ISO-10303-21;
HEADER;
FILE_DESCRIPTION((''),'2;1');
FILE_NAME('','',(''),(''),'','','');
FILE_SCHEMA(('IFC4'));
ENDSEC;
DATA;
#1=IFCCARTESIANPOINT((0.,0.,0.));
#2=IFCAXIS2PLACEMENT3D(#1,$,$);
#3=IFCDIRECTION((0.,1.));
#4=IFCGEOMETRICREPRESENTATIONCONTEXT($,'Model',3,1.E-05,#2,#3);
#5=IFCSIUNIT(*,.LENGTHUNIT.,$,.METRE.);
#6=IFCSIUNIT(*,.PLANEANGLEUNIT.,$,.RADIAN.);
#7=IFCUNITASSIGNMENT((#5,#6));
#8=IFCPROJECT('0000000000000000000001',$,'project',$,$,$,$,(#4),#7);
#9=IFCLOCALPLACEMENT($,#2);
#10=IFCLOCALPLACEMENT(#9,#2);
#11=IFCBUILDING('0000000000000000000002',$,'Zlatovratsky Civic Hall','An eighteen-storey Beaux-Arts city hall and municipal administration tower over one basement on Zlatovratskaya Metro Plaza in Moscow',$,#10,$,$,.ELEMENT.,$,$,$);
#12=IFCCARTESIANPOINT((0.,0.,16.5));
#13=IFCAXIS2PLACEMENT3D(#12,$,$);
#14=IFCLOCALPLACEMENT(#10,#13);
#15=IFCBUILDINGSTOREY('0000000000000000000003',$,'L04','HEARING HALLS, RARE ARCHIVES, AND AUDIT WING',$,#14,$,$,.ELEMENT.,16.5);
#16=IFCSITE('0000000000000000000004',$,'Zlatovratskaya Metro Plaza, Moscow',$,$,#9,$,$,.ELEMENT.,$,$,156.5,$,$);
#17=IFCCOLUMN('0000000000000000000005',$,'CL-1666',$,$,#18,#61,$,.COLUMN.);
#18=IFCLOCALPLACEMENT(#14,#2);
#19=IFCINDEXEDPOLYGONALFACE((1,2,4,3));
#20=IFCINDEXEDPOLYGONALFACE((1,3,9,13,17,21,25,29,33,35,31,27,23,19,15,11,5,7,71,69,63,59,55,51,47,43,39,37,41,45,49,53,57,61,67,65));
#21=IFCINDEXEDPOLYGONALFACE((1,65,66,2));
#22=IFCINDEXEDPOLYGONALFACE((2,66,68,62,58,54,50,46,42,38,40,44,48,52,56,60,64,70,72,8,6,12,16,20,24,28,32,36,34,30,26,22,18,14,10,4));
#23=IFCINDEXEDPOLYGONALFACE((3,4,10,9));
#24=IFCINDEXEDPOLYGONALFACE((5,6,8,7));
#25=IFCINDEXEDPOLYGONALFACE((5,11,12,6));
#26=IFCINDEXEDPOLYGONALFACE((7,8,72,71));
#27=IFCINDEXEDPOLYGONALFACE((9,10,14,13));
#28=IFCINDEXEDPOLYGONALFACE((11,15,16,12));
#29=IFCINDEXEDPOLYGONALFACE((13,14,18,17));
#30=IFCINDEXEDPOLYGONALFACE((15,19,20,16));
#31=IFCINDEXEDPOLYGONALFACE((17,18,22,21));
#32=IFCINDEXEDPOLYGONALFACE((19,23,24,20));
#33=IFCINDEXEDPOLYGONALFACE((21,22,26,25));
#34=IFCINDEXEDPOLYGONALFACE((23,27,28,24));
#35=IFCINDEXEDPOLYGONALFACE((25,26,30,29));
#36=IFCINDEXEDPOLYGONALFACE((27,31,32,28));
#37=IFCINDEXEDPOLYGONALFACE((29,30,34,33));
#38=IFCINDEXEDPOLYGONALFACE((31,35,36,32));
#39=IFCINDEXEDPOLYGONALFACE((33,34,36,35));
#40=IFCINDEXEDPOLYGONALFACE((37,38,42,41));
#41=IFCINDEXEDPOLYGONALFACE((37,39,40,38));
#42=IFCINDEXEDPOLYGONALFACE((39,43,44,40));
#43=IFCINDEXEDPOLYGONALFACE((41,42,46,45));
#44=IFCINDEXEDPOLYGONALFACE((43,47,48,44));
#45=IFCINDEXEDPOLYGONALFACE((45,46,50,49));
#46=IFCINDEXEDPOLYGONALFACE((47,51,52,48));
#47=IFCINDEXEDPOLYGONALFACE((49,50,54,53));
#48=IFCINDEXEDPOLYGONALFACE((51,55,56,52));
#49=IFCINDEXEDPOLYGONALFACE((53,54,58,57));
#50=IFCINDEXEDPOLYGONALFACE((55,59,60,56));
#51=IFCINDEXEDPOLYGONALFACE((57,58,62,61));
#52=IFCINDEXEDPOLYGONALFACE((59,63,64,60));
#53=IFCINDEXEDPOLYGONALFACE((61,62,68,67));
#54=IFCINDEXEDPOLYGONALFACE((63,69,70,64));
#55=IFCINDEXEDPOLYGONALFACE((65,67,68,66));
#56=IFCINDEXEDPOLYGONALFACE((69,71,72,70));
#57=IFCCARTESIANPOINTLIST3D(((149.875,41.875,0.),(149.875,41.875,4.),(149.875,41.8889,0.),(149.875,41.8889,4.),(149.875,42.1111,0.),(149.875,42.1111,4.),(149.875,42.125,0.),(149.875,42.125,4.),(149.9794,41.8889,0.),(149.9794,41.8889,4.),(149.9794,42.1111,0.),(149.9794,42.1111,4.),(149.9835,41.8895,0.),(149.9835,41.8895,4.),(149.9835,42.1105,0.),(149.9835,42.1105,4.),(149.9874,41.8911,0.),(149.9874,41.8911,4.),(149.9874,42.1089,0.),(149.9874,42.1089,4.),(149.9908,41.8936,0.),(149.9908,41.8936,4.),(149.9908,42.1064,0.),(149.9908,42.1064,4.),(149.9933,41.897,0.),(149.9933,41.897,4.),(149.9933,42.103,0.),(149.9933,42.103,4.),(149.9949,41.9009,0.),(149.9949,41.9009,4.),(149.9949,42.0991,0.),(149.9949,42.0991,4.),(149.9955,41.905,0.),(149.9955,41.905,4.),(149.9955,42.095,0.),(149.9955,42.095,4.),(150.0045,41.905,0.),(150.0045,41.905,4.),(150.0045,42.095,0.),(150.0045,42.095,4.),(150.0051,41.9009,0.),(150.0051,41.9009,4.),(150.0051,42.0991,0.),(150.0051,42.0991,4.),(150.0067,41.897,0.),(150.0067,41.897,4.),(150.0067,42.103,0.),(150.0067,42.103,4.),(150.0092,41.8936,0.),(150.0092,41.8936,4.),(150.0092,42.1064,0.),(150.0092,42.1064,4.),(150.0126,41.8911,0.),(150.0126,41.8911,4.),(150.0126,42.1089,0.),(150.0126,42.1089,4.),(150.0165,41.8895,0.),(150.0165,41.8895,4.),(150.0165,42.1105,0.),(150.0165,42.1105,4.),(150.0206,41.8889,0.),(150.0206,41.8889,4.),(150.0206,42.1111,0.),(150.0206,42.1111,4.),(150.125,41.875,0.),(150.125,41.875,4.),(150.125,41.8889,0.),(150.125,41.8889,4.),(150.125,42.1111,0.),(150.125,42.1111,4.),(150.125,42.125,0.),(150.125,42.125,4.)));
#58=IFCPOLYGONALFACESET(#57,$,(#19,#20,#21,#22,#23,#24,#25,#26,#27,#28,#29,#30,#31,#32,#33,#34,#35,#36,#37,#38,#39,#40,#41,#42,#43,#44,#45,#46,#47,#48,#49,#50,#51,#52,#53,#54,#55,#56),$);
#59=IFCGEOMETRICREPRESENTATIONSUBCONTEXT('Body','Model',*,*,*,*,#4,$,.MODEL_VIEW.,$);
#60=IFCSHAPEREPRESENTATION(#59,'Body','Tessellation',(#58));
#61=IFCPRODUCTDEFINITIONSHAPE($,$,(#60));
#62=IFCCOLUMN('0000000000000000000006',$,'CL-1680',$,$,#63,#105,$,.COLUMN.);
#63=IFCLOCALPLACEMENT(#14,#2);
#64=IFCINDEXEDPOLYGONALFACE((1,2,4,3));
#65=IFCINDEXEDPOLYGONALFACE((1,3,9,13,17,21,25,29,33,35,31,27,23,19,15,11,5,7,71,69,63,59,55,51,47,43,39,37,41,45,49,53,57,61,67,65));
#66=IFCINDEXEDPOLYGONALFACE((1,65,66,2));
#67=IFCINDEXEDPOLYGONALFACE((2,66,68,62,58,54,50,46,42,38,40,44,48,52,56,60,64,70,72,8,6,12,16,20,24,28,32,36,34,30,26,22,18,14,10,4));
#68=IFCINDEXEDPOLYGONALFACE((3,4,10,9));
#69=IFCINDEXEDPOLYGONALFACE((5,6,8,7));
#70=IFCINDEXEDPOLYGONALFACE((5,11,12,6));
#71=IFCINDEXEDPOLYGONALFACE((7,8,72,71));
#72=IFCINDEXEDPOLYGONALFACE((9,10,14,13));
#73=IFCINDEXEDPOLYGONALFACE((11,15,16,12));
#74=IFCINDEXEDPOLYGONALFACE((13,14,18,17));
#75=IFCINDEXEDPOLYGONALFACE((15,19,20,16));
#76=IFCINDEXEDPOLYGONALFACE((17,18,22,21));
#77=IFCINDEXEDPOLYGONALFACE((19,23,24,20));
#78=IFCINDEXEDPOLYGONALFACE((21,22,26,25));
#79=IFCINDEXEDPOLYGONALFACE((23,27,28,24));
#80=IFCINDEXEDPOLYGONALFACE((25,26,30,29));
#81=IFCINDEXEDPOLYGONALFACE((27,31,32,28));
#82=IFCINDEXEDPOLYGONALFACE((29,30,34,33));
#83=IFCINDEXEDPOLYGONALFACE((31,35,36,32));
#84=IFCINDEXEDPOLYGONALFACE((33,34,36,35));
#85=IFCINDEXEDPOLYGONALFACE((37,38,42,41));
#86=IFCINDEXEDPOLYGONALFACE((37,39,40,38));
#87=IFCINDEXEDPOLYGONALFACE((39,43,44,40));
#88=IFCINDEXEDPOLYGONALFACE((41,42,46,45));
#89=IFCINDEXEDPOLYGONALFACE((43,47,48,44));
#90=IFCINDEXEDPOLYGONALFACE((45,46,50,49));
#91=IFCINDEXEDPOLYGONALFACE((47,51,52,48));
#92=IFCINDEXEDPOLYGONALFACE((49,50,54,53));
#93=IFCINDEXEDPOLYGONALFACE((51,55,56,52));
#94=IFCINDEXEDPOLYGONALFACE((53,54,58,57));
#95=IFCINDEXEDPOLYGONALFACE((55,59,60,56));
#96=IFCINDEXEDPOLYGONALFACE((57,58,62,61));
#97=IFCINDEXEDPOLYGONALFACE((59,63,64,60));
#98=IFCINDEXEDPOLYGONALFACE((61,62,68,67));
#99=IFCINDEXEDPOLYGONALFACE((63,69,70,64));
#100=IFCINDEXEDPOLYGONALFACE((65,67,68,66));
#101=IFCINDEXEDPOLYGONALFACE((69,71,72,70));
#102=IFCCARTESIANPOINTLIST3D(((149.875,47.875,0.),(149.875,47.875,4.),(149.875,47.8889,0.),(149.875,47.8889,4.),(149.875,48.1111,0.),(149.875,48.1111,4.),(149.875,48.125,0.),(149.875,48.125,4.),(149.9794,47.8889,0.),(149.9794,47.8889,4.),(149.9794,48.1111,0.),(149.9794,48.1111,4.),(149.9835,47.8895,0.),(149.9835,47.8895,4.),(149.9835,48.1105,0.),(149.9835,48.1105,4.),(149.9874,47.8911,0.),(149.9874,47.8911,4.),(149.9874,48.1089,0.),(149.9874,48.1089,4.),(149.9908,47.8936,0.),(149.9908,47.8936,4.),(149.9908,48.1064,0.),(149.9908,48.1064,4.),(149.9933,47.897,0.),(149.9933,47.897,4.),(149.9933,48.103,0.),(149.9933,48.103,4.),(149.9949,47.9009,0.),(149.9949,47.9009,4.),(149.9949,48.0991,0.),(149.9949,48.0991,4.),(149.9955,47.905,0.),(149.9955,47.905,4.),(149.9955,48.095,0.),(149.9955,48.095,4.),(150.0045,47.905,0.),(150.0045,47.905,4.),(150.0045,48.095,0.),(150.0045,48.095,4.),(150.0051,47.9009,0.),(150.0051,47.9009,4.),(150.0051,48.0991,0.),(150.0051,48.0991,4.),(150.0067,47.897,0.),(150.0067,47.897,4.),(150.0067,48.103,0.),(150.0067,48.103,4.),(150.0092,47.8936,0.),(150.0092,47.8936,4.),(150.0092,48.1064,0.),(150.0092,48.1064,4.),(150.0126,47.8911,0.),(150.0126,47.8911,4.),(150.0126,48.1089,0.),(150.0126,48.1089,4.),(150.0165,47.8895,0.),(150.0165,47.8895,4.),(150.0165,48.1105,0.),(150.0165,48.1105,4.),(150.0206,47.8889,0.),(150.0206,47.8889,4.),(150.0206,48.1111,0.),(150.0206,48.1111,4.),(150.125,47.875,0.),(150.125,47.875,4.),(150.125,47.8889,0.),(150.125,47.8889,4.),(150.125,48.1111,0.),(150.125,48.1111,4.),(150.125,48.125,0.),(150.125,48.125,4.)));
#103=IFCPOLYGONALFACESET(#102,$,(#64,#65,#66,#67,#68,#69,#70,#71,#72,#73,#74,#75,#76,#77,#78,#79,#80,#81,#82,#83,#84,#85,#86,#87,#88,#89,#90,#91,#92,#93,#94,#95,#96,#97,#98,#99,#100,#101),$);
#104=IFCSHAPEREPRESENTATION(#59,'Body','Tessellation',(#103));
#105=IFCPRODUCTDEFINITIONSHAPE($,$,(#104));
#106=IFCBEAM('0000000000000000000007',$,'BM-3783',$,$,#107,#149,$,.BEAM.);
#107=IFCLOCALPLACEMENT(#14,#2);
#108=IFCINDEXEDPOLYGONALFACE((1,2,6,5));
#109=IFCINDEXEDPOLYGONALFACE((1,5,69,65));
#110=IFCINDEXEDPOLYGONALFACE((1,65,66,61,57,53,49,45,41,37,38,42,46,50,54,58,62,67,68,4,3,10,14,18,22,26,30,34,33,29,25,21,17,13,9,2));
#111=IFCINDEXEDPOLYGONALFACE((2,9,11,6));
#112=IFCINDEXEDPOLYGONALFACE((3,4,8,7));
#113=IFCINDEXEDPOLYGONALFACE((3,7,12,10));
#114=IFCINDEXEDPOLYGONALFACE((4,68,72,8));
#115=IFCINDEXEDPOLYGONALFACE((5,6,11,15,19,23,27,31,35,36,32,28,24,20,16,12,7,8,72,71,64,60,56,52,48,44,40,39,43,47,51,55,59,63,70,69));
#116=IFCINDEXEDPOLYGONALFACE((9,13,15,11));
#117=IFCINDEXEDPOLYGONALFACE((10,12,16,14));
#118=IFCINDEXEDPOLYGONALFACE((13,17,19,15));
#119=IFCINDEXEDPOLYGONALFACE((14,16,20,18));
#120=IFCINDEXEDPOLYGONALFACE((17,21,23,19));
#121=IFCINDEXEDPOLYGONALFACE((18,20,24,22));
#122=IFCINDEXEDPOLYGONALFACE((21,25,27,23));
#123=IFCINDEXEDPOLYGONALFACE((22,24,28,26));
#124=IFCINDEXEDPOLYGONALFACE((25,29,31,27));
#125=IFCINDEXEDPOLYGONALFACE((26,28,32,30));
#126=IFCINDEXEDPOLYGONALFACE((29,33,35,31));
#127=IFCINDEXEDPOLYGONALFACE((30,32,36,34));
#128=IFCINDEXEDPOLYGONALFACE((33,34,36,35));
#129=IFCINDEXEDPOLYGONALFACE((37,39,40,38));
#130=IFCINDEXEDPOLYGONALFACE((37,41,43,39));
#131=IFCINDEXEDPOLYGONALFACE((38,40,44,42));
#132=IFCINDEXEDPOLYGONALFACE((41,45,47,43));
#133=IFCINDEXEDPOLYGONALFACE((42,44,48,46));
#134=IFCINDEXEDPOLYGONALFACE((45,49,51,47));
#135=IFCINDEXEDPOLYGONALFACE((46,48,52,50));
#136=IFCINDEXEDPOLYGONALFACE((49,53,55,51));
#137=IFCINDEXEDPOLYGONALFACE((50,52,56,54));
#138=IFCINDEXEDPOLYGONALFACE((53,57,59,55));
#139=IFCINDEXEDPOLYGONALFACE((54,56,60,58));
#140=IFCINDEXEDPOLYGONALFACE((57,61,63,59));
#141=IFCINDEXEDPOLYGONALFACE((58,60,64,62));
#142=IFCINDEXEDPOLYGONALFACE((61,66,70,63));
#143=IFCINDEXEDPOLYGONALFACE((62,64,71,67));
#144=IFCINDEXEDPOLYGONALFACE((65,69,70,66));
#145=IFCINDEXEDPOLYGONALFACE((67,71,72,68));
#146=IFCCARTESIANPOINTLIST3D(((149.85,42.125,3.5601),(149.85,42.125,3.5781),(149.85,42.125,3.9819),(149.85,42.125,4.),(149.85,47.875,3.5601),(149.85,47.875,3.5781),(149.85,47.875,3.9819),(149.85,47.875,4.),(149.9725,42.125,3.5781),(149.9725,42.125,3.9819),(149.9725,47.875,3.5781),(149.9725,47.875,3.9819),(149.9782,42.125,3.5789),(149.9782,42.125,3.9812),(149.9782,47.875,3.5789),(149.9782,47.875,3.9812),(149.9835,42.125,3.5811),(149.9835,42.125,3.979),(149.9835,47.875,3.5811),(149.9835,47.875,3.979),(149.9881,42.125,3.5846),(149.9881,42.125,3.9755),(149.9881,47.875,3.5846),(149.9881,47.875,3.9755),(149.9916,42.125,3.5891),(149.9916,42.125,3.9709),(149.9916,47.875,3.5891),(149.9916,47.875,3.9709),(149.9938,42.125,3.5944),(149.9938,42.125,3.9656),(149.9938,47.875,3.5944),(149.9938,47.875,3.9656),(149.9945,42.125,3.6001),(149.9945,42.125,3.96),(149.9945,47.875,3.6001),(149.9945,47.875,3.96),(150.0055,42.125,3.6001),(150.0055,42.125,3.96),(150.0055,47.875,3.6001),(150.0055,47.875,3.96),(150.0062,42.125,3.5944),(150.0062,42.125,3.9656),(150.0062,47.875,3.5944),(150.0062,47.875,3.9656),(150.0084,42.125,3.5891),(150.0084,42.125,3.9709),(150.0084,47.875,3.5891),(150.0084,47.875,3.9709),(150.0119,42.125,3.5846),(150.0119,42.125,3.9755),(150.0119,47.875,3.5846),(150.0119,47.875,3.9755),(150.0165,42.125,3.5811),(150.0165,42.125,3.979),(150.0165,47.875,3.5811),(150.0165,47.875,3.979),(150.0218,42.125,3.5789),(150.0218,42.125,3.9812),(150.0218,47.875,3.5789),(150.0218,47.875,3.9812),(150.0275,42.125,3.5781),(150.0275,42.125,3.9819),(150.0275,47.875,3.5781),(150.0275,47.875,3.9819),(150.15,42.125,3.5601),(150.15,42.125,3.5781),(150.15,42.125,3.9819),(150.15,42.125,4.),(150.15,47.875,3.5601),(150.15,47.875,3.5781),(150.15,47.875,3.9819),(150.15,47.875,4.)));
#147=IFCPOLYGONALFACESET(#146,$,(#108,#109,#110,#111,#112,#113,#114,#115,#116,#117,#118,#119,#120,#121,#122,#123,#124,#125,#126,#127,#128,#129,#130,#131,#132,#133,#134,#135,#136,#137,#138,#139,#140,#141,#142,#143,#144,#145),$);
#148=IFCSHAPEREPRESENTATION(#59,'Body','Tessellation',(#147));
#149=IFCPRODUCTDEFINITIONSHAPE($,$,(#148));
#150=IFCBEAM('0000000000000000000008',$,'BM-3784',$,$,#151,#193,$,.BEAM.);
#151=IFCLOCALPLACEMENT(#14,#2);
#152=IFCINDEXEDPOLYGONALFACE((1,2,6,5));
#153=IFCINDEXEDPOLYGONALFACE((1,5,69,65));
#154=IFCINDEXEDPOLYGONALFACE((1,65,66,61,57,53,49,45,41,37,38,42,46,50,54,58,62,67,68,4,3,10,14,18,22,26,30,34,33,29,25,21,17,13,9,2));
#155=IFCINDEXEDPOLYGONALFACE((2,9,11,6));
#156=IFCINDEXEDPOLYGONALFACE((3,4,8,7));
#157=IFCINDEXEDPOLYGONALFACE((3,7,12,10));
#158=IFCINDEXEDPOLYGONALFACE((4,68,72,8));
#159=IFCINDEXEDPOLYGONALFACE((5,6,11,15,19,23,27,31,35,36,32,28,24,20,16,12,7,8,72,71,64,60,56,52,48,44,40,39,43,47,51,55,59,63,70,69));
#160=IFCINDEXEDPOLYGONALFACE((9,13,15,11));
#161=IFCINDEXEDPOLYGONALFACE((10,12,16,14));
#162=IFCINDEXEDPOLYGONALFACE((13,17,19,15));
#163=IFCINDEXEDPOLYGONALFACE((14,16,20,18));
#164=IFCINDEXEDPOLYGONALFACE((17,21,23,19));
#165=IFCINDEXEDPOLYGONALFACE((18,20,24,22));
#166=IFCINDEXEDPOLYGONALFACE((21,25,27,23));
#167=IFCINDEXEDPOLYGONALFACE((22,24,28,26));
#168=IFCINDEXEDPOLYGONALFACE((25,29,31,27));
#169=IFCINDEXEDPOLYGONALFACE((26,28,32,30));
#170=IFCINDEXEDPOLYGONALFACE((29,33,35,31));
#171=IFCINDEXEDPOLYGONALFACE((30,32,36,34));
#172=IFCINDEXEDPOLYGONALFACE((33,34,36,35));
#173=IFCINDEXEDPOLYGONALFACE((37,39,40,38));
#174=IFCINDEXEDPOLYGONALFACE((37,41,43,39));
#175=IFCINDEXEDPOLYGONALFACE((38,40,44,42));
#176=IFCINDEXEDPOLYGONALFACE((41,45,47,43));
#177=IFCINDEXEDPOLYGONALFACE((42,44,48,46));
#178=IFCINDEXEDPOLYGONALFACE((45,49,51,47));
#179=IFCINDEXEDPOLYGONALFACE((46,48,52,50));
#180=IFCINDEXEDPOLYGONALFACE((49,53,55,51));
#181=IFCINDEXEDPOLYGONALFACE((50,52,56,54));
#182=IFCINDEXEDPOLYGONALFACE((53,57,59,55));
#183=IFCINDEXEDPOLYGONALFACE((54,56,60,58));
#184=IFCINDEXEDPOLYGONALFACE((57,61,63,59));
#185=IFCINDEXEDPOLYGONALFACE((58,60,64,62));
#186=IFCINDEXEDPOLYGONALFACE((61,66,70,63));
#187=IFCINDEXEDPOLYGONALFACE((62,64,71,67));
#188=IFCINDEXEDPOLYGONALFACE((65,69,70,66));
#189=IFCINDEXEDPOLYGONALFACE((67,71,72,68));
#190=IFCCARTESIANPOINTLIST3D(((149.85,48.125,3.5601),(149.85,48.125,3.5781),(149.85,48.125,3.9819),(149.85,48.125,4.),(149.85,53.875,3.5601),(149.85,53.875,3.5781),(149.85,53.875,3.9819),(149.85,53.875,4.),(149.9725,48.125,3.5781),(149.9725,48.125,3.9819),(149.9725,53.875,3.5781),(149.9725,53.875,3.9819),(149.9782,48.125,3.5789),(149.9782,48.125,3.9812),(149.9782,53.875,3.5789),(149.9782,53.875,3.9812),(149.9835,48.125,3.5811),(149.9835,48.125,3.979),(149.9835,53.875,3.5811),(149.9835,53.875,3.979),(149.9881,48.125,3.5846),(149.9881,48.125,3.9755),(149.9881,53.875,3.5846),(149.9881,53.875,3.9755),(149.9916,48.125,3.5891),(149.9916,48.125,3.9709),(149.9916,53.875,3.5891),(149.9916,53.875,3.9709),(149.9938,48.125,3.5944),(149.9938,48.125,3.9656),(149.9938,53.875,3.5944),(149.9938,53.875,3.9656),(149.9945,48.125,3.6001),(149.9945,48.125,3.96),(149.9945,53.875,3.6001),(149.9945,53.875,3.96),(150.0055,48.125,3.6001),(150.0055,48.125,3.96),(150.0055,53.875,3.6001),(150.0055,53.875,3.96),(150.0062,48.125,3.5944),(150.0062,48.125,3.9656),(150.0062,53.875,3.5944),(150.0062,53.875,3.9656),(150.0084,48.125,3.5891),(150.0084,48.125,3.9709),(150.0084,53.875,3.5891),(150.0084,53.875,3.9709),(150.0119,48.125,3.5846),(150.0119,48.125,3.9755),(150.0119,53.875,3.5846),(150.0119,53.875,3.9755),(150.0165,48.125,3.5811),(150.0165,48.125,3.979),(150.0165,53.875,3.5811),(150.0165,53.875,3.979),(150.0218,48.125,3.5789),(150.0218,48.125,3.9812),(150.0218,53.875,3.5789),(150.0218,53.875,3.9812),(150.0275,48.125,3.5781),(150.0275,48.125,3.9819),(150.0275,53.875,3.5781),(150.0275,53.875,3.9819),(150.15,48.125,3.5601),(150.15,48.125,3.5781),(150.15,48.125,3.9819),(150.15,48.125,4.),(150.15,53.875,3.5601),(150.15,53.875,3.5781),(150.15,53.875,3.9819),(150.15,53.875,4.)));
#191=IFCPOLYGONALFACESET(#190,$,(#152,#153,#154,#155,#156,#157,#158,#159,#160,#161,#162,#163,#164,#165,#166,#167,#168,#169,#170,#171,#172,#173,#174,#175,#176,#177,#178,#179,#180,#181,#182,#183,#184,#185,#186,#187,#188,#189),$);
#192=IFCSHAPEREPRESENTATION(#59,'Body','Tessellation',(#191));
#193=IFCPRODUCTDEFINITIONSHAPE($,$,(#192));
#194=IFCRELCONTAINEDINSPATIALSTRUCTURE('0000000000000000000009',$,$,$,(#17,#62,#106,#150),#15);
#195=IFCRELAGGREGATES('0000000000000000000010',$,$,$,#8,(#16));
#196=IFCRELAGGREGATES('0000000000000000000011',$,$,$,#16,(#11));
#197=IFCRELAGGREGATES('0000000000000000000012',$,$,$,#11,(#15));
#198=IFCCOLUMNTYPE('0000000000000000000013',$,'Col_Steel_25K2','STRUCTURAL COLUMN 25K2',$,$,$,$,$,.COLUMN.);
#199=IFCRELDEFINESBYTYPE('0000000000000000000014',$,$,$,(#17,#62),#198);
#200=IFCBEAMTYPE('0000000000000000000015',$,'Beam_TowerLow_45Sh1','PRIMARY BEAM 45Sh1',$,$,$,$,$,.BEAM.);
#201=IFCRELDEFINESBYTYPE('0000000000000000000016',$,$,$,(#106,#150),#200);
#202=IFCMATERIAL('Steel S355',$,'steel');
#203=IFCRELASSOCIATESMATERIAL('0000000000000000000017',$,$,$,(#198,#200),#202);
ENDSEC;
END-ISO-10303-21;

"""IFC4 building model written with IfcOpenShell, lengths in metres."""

from ifc_helpers import new_model, si_unit, direction, frame, origin, origin_2d, place, context, subcontext, project, spatial, i_section, extrude, material, material_profile, profile_set, type_object, element, save


model = new_model("IFC4")

# Units and contexts
model_context = context("Model", 3, precision=1e-05, world=origin(), true_north=direction((0.0, 1.0)))
body_context = subcontext(model_context, "Body", "Model", "MODEL_VIEW")
ifc_project = project(units=[si_unit("LENGTHUNIT", "METRE"), si_unit("PLANEANGLEUNIT", "RADIAN")], contexts=[model_context])

# Site, building, storey
site_placement = place(None, origin())
site = spatial("IfcSite", under=ifc_project, at=site_placement, Name="Zlatovratskaya Metro Plaza, Moscow", CompositionType="ELEMENT", RefElevation=156.5)
building_placement = place(site_placement, origin())
building = spatial("IfcBuilding", under=site, at=building_placement, Name="Zlatovratsky Civic Hall", Description="An eighteen-storey Beaux-Arts city hall and municipal administration tower over one basement on Zlatovratskaya Metro Plaza in Moscow", CompositionType="ELEMENT")
storey_placement = place(building_placement, frame((0.0, 0.0, 16.5)))
storey = spatial("IfcBuildingStorey", under=building, at=storey_placement, Name="L04", Description="HEARING HALLS, RARE ARCHIVES, AND AUDIT WING", CompositionType="ELEMENT", Elevation=16.5)

# Columns
ifc_material_1 = material(Name="Steel S355", Category="steel")
ifc_material_profile_1 = material_profile(ifc_material_1, i_section(OverallWidth=0.25, OverallDepth=0.25, WebThickness=0.009, FlangeThickness=0.0139, FilletRadius=0.0161, at=origin_2d()), Name="25K2")
ifc_profile_set_1 = profile_set([ifc_material_profile_1], Name="Steel S355")
column_type = type_object("IfcColumnType", Name="Col_Steel_25K2", Description="STRUCTURAL COLUMN 25K2", PredefinedType="COLUMN", material=ifc_profile_set_1)
for number, where, z_axis, x_axis, name in (
    (1, (150.0, 42.0, 0.0), (0.0, 0.0, 1.0), (1.0, 0.0, 0.0), "CL-1666"),
    (2, (150.0, 48.0, 0.0), (0.0, 0.0, 1.0), (1.0, 0.0, 0.0), "CL-1680"),
):
    element("IfcColumn", number, at=place(storey_placement, frame(where, z_axis=z_axis, x_axis=x_axis)), inside=storey, type_object=column_type, Name=name, PredefinedType="COLUMN", context=body_context, shape_type="SweptSolid", body=[
        extrude(i_section(OverallWidth=0.25, OverallDepth=0.25, WebThickness=0.009, FlangeThickness=0.0139, FilletRadius=0.0161, at=origin_2d()), origin(), (0.0, 0.0, 1.0), 4.0),
    ])

# Beams
ifc_material_profile_2 = material_profile(ifc_material_1, i_section(OverallWidth=0.3, OverallDepth=0.4399, WebThickness=0.011, FlangeThickness=0.0181, FilletRadius=0.022, at=origin_2d()), Name="45Sh1")
ifc_profile_set_2 = profile_set([ifc_material_profile_2], Name="Steel S355")
beam_type = type_object("IfcBeamType", Name="Beam_TowerLow_45Sh1", Description="PRIMARY BEAM 45Sh1", PredefinedType="BEAM", material=ifc_profile_set_2)
for number, where, z_axis, x_axis, name in (
    (3, (150.0, 42.125, 3.78), (0.0, 1.0, 0.0), (-1.0, 0.0, 0.0), "BM-3783"),
    (4, (150.0, 48.125, 3.78), (0.0, 1.0, 0.0), (-1.0, 0.0, 0.0), "BM-3784"),
):
    element("IfcBeam", number, at=place(storey_placement, frame(where, z_axis=z_axis, x_axis=x_axis)), inside=storey, type_object=beam_type, Name=name, PredefinedType="BEAM", context=body_context, shape_type="SweptSolid", body=[
        extrude(i_section(OverallWidth=0.3, OverallDepth=0.4399, WebThickness=0.011, FlangeThickness=0.0181, FilletRadius=0.022, at=origin_2d()), origin(), (0.0, 0.0, 1.0), 5.75),
    ])

save(model, "model.ifc")
